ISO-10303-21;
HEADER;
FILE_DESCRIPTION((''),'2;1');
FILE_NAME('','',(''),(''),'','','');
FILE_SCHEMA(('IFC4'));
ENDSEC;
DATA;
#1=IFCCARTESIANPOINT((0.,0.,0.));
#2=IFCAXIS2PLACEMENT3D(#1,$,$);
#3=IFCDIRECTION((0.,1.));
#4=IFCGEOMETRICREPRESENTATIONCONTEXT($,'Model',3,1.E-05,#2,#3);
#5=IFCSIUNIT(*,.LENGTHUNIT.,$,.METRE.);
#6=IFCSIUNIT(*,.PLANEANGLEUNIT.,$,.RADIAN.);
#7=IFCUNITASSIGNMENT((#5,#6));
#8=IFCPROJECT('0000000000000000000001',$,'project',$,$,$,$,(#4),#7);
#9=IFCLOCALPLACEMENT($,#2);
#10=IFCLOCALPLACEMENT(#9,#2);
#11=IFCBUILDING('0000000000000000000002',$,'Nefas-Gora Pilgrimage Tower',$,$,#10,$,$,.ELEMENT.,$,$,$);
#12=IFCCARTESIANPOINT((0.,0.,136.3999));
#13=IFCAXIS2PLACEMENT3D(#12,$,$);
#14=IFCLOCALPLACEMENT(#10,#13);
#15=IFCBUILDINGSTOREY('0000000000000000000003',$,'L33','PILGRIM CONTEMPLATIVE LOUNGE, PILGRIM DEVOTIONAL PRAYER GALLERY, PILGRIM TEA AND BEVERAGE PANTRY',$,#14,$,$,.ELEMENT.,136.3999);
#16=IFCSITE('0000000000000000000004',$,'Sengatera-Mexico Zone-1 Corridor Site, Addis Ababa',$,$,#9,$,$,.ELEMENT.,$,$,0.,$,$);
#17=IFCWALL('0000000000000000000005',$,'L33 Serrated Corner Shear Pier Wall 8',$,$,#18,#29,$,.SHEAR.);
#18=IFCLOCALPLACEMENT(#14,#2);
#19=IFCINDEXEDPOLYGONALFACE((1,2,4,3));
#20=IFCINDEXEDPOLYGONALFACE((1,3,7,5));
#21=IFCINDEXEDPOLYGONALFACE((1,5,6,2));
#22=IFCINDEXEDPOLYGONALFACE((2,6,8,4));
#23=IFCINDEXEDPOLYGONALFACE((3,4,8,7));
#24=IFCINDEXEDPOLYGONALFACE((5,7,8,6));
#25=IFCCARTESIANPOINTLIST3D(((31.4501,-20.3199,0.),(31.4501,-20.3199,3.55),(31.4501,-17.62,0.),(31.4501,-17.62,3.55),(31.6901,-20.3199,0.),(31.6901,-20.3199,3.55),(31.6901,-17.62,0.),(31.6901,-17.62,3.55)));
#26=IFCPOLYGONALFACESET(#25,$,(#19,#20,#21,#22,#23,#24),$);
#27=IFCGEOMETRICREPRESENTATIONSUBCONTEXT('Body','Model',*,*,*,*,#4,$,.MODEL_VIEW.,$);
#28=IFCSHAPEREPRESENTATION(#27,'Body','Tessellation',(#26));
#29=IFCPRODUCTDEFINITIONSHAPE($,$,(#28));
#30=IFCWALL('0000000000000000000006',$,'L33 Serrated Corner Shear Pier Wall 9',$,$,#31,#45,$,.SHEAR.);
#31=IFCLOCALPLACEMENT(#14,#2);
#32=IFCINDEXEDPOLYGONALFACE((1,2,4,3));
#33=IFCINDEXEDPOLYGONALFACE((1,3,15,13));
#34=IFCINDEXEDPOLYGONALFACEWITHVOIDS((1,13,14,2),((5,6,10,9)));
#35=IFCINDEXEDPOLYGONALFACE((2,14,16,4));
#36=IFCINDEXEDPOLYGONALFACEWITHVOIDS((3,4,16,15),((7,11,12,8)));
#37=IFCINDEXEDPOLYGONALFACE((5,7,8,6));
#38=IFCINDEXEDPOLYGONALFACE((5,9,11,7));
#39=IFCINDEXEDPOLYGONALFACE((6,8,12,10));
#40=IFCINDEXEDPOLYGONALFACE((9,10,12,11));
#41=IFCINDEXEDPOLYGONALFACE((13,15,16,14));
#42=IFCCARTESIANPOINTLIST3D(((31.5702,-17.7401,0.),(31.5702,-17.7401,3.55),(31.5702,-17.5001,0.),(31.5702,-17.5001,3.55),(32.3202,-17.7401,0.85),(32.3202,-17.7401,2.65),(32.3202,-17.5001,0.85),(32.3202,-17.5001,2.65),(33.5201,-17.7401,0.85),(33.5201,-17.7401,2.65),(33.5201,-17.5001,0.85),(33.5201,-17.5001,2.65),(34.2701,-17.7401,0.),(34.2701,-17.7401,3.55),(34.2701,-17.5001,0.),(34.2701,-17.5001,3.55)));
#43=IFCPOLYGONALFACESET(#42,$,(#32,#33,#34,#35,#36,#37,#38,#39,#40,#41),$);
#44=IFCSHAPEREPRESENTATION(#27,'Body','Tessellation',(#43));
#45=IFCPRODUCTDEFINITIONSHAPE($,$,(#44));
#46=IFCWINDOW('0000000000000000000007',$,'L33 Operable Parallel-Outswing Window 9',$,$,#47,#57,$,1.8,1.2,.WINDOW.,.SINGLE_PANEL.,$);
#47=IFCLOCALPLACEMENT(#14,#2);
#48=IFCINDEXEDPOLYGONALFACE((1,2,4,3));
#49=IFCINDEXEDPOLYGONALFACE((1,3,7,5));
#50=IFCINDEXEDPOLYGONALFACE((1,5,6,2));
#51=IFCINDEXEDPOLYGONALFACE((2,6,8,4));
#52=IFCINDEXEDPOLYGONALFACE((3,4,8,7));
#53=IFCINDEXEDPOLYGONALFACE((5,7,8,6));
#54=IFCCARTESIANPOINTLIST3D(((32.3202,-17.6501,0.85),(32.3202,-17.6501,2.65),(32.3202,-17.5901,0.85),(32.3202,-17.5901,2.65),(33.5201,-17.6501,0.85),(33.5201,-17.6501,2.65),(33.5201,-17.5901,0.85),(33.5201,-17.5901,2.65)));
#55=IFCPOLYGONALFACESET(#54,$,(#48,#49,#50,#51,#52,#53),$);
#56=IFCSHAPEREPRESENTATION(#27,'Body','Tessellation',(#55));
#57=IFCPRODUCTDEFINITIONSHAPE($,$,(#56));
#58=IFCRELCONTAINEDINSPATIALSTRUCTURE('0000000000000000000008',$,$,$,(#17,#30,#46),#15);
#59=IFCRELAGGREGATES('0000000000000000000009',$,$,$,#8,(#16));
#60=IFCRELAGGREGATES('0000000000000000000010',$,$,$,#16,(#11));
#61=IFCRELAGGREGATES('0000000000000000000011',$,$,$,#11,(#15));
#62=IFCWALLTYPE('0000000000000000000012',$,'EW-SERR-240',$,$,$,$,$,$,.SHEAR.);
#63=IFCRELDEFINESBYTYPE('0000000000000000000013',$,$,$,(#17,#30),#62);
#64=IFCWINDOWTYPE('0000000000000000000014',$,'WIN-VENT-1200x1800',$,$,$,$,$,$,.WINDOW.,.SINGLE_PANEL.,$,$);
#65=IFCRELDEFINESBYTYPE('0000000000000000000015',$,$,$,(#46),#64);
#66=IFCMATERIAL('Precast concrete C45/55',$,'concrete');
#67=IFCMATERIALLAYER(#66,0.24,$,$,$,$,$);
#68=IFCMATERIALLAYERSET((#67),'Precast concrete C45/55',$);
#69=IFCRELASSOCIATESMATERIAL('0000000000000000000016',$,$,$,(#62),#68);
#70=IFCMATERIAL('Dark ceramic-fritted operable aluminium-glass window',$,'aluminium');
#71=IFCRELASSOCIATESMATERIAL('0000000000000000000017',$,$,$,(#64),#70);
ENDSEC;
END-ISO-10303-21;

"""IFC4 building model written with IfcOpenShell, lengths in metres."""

from ifc_helpers import new_model, si_unit, direction, frame, frame_2d, origin, place, context, subcontext, project, spatial, rectangle, extrude, source, transform, mapped, material, layer, layer_set, type_object, element, fill, save


model = new_model("IFC4")

# Units and contexts
model_context = context("Model", 3, precision=1e-05, world=origin(), true_north=direction((0.0, 1.0)))
body_context = subcontext(model_context, "Body", "Model", "MODEL_VIEW")
ifc_project = project(units=[si_unit("LENGTHUNIT", "METRE"), si_unit("PLANEANGLEUNIT", "RADIAN")], contexts=[model_context])

# Site, building, storey
site_placement = place(None, origin())
site = spatial("IfcSite", under=ifc_project, at=site_placement, Name="Sengatera-Mexico Zone-1 Corridor Site, Addis Ababa", CompositionType="ELEMENT", RefElevation=0.0)
building_placement = place(site_placement, origin())
building = spatial("IfcBuilding", under=site, at=building_placement, Name="Nefas-Gora Pilgrimage Tower", CompositionType="ELEMENT")
storey_placement = place(building_placement, frame((0.0, 0.0, 136.3999)))
storey = spatial("IfcBuildingStorey", under=building, at=storey_placement, Name="L33", Description="PILGRIM CONTEMPLATIVE LOUNGE, PILGRIM DEVOTIONAL PRAYER GALLERY, PILGRIM TEA AND BEVERAGE PANTRY", CompositionType="ELEMENT", Elevation=136.3999)

# Wall
ifc_material_1 = material(Name="Precast concrete C45/55", Category="concrete")
ifc_layer_1 = layer(ifc_material_1, 0.24)
ifc_layer_set_1 = layer_set([ifc_layer_1], Name="Precast concrete C45/55")
wall_type = type_object("IfcWallType", Name="EW-SERR-240", PredefinedType="SHEAR", material=ifc_layer_set_1)
shared_shape_1 = source(origin(), body_context, "Body", "SweptSolid", [
    extrude(rectangle(XDim=2.7, YDim=0.24, at=frame_2d((1.3501, 0.0))), origin(), (0.0, 0.0, 1.0), 3.55),
])
for number, where, z_axis, x_axis, name in (
    (1, (31.5701, -20.3201, 0.0), (0.0, 0.0, 1.0), (0.0, 1.0, 0.0), "L33 Serrated Corner Shear Pier Wall 8"),
):
    element("IfcWall", number, at=place(storey_placement, frame(where, z_axis=z_axis, x_axis=x_axis)), inside=storey, type_object=wall_type, Name=name, PredefinedType="SHEAR", context=body_context, shape_type="MappedRepresentation", body=[
        mapped(shared_shape_1, transform((0.0, 0.0, 0.0), x_axis=(1.0, 0.0, 0.0), y_axis=(0.0, 1.0, 0.0), z_axis=(0.0, 0.0, 1.0), scale=1.0)),
    ])

# Wall, opening, window
wall_placement = place(storey_placement, frame((31.5701, -17.6201, 0.0), z_axis=(0.0, 0.0, 1.0), x_axis=(1.0, 0.0, 0.0)))
wall = element("IfcWall", 2, at=wall_placement, inside=storey, type_object=wall_type, Name="L33 Serrated Corner Shear Pier Wall 9", PredefinedType="SHEAR", context=body_context, shape_type="MappedRepresentation", body=[
    mapped(shared_shape_1, transform((0.0, 0.0, 0.0), x_axis=(1.0, 0.0, 0.0), y_axis=(0.0, 1.0, 0.0), z_axis=(0.0, 0.0, 1.0), scale=1.0)),
])
opening_placement = place(wall_placement, frame((0.75, 0.0, 0.8501)))
opening = element("IfcOpeningElement", 3, at=opening_placement, cuts=wall, PredefinedType="OPENING", context=body_context, shape_type="SweptSolid", body=[
    extrude(rectangle(XDim=1.2, YDim=1.8, at=frame_2d((0.6001, 0.8999))), frame((0.0, 0.1299, 0.0), z_axis=(0.0, -1.0, 0.0), x_axis=(1.0, 0.0, 0.0)), (0.0, 0.0, 1.0), 0.26),
])
ifc_material_2 = material(Name="Dark ceramic-fritted operable aluminium-glass window", Category="aluminium")
window_type = type_object("IfcWindowType", Name="WIN-VENT-1200x1800", PartitioningType="SINGLE_PANEL", PredefinedType="WINDOW", material=ifc_material_2)
shared_shape_2 = source(origin(), body_context, "Body", "SweptSolid", [
    extrude(rectangle(XDim=1.2, YDim=1.8, at=frame_2d((0.6001, 0.8999))), frame((0.0, 0.03, 0.0), z_axis=(0.0, -1.0, 0.0), x_axis=(1.0, 0.0, 0.0)), (0.0, 0.0, 1.0), 0.0601),
])
window_placement = place(opening_placement, origin())
window = element("IfcWindow", 4, at=window_placement, inside=storey, type_object=window_type, Name="L33 Operable Parallel-Outswing Window 9", OverallHeight=1.8, OverallWidth=1.2, PartitioningType="SINGLE_PANEL", PredefinedType="WINDOW", context=body_context, shape_type="MappedRepresentation", body=[
    mapped(shared_shape_2, transform((0.0, 0.0, 0.0), x_axis=(1.0, 0.0, 0.0), y_axis=(0.0, 1.0, 0.0), z_axis=(0.0, 0.0, 1.0), scale=1.0)),
])
fill(opening, window)

save(model, "model.ifc")
